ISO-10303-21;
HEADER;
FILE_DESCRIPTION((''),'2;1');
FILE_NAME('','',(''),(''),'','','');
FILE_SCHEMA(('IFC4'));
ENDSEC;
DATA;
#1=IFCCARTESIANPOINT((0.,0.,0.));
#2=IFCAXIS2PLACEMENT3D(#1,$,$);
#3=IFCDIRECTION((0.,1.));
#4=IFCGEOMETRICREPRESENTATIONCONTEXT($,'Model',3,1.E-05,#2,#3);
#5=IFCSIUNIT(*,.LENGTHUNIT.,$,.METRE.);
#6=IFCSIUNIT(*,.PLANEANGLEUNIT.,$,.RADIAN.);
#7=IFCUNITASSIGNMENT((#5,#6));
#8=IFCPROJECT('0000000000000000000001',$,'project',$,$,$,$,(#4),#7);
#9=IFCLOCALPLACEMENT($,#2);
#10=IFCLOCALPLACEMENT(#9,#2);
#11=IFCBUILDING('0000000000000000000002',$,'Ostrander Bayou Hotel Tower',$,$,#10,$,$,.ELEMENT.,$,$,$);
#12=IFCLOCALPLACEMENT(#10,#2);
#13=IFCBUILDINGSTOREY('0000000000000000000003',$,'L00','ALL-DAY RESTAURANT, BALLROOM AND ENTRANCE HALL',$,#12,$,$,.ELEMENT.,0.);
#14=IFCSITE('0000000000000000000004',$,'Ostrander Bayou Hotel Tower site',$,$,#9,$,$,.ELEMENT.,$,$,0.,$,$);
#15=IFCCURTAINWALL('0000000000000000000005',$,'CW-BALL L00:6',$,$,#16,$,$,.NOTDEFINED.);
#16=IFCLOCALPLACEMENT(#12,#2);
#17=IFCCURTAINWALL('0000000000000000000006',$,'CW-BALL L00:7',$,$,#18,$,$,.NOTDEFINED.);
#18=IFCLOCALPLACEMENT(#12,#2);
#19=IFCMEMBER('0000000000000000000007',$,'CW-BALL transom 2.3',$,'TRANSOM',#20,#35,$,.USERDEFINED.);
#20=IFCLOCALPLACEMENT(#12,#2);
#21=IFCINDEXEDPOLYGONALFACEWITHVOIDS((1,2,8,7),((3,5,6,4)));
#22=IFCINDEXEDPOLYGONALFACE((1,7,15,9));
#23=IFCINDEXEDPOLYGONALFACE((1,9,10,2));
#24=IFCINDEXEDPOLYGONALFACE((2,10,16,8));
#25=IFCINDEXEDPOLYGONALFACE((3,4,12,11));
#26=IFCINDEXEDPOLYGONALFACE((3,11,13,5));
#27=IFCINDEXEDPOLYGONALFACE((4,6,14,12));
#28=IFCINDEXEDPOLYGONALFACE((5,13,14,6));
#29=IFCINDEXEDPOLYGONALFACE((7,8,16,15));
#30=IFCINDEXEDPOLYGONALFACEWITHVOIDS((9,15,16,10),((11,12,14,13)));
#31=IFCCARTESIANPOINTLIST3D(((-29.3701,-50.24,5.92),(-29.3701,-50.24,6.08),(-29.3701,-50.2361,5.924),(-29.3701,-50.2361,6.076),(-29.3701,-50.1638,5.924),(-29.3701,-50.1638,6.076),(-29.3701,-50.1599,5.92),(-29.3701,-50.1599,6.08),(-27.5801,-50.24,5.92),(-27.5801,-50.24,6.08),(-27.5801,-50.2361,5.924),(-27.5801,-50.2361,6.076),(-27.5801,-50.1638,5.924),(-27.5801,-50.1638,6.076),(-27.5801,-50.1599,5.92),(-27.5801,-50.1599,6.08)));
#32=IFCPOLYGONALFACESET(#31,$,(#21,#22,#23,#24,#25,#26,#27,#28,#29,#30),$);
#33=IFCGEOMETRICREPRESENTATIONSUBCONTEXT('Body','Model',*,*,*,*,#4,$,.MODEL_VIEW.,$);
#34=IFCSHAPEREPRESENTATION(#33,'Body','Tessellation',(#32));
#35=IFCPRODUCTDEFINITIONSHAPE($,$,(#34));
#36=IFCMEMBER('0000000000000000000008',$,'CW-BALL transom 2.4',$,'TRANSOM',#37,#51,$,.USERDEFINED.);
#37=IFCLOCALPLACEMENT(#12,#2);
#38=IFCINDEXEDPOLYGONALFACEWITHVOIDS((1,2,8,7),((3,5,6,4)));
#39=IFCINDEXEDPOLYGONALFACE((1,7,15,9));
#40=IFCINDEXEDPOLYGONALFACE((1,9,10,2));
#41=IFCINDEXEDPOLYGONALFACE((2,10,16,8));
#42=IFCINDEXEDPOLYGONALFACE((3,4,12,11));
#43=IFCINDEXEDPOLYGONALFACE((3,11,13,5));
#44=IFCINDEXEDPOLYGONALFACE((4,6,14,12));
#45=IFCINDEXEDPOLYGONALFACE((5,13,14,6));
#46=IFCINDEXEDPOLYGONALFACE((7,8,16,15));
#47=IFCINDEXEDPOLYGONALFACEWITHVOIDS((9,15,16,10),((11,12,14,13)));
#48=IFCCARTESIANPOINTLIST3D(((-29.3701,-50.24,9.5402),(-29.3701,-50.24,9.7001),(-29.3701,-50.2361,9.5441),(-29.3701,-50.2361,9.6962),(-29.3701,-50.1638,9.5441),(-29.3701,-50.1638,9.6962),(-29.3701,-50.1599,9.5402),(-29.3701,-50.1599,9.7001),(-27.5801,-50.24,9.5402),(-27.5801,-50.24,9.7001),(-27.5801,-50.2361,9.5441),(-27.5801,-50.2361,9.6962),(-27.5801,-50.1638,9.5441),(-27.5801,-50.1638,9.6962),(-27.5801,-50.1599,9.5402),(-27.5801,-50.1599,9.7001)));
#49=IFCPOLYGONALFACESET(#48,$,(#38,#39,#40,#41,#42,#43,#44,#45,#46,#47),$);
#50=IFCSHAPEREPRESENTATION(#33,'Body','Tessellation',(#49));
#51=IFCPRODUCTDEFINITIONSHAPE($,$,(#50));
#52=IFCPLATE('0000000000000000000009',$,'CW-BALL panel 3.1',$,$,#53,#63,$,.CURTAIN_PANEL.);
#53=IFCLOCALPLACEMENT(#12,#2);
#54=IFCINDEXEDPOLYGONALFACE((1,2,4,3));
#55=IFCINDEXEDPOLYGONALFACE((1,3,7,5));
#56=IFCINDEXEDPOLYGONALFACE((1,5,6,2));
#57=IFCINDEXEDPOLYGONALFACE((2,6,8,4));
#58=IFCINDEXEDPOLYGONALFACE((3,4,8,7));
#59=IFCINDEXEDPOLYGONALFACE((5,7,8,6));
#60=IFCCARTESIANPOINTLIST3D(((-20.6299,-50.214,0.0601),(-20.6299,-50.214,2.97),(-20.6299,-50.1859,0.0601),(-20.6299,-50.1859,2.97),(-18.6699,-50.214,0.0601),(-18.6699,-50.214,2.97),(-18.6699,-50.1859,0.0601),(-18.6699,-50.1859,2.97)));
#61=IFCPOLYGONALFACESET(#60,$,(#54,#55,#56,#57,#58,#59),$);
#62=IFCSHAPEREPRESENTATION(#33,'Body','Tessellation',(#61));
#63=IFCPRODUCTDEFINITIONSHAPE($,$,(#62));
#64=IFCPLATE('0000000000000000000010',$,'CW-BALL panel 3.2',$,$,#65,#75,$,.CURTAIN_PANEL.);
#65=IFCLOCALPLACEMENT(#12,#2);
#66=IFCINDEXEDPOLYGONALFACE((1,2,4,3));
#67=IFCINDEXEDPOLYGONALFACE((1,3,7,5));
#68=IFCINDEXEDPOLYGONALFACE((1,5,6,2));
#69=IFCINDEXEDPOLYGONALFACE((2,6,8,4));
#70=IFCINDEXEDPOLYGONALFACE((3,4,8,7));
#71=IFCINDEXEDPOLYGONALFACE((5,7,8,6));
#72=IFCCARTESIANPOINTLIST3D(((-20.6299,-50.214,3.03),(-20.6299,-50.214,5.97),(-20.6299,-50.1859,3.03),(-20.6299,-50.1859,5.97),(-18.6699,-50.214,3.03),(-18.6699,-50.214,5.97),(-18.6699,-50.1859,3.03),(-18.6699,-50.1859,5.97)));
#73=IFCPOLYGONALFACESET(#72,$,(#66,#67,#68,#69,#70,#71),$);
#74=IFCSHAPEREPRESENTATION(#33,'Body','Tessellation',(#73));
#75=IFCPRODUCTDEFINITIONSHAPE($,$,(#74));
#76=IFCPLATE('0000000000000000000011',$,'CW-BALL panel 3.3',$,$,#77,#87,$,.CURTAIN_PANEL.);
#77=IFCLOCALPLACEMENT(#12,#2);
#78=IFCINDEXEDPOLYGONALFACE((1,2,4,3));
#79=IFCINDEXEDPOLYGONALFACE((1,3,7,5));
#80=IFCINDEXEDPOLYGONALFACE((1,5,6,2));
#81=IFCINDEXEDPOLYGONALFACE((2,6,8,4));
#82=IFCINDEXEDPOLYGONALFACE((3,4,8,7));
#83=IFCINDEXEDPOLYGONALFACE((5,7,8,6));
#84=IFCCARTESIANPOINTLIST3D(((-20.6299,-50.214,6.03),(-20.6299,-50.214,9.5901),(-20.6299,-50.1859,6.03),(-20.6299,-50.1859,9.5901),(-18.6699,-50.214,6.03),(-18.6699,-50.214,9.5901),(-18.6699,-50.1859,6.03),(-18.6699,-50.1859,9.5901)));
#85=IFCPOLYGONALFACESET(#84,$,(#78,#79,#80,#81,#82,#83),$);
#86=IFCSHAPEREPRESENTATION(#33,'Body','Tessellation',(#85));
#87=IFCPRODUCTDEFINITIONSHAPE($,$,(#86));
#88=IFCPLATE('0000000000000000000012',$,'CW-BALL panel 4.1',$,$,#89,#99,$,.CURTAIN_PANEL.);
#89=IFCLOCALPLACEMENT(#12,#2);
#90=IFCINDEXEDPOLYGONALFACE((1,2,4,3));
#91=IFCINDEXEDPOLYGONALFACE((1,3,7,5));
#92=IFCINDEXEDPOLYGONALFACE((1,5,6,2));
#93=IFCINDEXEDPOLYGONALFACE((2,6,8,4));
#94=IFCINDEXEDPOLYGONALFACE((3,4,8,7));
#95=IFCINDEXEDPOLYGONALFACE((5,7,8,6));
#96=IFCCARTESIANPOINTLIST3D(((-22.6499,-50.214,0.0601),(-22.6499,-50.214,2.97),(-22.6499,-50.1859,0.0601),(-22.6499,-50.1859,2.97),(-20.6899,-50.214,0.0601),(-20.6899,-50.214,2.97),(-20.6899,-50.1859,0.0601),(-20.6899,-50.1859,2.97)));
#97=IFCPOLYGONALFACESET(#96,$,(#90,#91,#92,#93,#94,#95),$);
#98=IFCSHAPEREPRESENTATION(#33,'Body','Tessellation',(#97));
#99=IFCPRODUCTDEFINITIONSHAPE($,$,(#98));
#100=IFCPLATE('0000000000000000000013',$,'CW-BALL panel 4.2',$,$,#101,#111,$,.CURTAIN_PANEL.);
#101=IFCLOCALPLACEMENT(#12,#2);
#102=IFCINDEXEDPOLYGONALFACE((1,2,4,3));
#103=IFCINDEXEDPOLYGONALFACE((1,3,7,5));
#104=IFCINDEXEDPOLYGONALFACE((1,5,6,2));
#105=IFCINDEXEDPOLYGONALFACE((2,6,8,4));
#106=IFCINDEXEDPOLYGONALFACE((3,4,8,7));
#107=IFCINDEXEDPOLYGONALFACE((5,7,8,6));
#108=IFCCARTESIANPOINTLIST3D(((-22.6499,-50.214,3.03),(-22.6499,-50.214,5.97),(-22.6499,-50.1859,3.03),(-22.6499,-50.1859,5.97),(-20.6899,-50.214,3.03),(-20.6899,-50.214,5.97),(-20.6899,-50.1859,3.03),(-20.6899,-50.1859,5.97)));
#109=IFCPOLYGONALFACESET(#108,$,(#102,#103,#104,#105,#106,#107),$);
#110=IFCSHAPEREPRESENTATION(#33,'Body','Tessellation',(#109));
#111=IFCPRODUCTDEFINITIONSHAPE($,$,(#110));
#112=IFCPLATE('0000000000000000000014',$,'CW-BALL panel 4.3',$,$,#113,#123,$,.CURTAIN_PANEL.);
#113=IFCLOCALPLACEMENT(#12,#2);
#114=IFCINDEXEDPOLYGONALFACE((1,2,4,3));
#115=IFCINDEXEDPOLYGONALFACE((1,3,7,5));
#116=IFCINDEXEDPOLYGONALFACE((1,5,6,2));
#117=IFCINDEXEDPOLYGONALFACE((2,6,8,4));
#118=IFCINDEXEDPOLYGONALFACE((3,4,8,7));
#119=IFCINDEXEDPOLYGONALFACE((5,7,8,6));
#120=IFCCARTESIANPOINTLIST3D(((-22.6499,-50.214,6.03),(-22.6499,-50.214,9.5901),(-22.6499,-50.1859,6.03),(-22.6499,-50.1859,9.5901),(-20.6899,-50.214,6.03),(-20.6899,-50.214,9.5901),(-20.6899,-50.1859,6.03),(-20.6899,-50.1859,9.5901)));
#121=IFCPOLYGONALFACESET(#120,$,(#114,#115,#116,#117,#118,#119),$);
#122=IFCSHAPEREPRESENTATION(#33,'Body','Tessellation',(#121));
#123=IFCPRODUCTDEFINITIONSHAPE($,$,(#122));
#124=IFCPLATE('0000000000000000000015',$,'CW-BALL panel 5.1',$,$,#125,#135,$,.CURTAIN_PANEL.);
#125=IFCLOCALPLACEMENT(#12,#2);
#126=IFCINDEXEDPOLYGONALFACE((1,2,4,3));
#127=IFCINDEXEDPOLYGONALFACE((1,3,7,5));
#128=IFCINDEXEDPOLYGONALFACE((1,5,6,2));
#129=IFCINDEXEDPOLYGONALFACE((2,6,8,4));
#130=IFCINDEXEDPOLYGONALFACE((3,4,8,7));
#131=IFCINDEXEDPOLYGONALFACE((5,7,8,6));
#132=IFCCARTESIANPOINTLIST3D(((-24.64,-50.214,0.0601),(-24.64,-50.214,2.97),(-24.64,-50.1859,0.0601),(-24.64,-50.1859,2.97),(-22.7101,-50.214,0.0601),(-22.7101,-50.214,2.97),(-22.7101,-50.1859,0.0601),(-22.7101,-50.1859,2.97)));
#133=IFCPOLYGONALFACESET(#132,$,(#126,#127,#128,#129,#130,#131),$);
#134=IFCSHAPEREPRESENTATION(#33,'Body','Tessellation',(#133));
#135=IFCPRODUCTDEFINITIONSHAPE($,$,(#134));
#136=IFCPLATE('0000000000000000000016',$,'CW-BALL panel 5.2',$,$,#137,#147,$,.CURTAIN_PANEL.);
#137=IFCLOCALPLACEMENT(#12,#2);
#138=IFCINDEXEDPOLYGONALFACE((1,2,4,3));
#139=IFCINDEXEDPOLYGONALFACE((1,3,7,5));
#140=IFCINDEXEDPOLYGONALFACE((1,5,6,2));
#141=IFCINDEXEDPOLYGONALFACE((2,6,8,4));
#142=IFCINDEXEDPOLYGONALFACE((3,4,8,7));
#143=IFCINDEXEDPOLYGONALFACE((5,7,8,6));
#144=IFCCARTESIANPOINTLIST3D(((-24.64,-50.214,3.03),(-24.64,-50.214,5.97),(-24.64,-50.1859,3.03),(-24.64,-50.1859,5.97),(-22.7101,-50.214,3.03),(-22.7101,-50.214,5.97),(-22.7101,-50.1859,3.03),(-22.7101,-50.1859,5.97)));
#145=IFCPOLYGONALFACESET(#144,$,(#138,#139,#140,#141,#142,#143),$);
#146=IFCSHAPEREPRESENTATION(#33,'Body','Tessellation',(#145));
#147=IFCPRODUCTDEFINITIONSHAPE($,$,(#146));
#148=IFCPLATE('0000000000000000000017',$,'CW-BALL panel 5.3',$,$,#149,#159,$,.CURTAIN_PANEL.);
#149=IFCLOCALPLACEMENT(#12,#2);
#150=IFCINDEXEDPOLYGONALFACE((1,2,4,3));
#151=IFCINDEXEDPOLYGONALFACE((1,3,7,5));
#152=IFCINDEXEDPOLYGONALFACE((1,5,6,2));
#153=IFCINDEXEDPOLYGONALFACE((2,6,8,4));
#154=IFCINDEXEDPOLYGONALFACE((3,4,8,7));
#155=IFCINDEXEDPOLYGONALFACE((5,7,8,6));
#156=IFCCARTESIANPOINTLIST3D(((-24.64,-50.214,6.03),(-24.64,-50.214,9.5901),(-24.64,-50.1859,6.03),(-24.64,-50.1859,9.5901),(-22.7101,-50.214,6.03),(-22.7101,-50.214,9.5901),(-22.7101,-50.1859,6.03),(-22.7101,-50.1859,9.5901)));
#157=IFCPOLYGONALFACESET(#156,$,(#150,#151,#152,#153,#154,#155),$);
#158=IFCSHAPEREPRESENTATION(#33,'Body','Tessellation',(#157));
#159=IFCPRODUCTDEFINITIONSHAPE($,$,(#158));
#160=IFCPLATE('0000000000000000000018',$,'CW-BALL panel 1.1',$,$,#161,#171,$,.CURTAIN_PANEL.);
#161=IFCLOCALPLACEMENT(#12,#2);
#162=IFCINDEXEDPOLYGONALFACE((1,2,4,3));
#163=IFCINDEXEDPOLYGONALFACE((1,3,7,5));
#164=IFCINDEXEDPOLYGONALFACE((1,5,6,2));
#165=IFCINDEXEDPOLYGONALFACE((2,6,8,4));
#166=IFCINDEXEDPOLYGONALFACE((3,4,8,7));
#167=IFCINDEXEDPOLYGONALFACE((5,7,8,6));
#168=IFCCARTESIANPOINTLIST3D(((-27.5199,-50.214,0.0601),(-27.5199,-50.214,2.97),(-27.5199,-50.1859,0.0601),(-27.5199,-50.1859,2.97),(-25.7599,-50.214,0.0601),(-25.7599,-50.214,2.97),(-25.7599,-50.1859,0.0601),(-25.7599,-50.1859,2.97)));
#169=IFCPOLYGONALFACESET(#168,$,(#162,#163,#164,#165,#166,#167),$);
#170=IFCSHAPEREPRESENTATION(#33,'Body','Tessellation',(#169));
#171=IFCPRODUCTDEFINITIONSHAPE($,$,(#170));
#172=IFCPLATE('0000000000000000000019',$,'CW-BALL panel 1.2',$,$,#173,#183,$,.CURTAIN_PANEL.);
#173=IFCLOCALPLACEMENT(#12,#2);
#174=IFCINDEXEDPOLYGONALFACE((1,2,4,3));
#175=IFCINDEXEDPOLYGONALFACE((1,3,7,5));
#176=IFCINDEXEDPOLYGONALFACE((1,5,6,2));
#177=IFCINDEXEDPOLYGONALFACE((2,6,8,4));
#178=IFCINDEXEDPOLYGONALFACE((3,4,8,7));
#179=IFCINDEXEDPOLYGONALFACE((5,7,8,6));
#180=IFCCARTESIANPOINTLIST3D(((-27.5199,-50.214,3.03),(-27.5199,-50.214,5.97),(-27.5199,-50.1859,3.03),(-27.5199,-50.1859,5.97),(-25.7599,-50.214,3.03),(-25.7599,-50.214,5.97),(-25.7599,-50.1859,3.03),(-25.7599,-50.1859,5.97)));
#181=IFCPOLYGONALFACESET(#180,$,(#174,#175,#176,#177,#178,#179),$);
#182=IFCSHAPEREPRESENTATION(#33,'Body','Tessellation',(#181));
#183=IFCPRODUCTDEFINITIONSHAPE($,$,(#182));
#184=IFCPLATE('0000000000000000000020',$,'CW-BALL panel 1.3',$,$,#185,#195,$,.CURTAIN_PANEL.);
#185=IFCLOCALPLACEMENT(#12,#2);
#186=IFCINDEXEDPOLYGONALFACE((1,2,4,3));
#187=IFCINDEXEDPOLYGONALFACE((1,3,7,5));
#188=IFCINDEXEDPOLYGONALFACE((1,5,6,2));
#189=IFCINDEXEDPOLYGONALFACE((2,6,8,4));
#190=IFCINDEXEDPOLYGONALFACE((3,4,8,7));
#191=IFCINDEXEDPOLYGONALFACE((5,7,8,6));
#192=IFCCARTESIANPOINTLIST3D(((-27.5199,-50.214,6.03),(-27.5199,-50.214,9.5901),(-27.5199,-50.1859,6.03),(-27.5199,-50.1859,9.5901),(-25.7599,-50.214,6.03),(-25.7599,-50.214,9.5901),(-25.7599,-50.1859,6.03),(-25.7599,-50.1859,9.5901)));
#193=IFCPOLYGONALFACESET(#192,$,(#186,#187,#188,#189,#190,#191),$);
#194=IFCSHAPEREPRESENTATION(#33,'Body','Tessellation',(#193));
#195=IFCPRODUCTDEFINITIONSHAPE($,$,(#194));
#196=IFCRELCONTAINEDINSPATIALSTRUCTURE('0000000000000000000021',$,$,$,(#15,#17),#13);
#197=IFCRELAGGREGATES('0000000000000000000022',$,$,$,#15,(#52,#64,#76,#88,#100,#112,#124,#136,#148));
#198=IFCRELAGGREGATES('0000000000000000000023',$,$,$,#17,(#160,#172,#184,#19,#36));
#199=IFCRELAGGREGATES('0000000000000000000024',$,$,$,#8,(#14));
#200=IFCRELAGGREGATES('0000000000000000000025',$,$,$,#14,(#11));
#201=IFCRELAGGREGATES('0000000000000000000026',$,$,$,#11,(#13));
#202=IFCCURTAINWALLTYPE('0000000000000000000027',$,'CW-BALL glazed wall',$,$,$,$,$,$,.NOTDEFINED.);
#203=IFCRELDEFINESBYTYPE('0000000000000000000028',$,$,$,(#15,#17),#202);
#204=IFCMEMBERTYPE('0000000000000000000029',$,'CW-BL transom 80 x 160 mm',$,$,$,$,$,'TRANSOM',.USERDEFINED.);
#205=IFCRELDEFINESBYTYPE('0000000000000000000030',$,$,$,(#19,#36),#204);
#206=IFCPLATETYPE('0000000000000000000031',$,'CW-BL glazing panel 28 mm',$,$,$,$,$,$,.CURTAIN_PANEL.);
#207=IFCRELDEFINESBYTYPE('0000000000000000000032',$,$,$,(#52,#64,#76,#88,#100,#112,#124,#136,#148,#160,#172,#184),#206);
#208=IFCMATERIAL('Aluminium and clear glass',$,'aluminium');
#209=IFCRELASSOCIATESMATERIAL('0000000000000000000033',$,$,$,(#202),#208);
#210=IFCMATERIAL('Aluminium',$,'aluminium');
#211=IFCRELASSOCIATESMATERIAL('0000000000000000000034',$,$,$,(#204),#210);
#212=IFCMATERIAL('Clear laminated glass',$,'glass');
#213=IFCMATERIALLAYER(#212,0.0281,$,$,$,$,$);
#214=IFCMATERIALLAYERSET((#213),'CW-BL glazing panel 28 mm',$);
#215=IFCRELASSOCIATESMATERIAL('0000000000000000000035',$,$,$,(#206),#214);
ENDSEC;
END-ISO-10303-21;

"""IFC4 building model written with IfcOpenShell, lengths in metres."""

from ifc_helpers import new_model, si_unit, direction, frame, origin, origin_2d, place, context, subcontext, project, spatial, rectangle, hollow_rectangle, extrude, material, layer, layer_set, material_profile, profile_set, type_object, element, aggregate, save


model = new_model("IFC4")

# Units and contexts
model_context = context("Model", 3, precision=1e-05, world=origin(), true_north=direction((0.0, 1.0)))
body_context = subcontext(model_context, "Body", "Model", "MODEL_VIEW")
ifc_project = project(units=[si_unit("LENGTHUNIT", "METRE"), si_unit("PLANEANGLEUNIT", "RADIAN")], contexts=[model_context])

# Site, building, storey
site_placement = place(None, origin())
site = spatial("IfcSite", under=ifc_project, at=site_placement, Name="Ostrander Bayou Hotel Tower site", CompositionType="ELEMENT", RefElevation=0.0)
building_placement = place(site_placement, origin())
building = spatial("IfcBuilding", under=site, at=building_placement, Name="Ostrander Bayou Hotel Tower", CompositionType="ELEMENT")
storey_placement = place(building_placement, origin())
storey = spatial("IfcBuildingStorey", under=building, at=storey_placement, Name="L00", Description="ALL-DAY RESTAURANT, BALLROOM AND ENTRANCE HALL", CompositionType="ELEMENT", Elevation=0.0)

# Curtain walls
ifc_material_1 = material(Name="Aluminium and clear glass", Category="aluminium")
curtain_wall_type = type_object("IfcCurtainWallType", Name="CW-BALL glazed wall", PredefinedType="NOTDEFINED", material=ifc_material_1)
curtain_wall_1_placement = place(storey_placement, origin())
curtain_wall_1 = element("IfcCurtainWall", 1, at=curtain_wall_1_placement, inside=storey, type_object=curtain_wall_type, Name="CW-BALL L00:6", PredefinedType="NOTDEFINED")
curtain_wall_2_placement = place(storey_placement, origin())
curtain_wall_2 = element("IfcCurtainWall", 2, at=curtain_wall_2_placement, inside=storey, type_object=curtain_wall_type, Name="CW-BALL L00:7", PredefinedType="NOTDEFINED")

# Members
ifc_material_2 = material(Name="Aluminium", Category="aluminium")
ifc_material_profile_1 = material_profile(ifc_material_2, hollow_rectangle(XDim=0.0801, YDim=0.1599, WallThickness=0.0039, at=origin_2d()))
ifc_profile_set_1 = profile_set([ifc_material_profile_1], Name="Aluminium")
member_type_1 = type_object("IfcMemberType", Name="CW-BL transom 80 x 160 mm", ElementType="TRANSOM", PredefinedType="USERDEFINED", material=ifc_profile_set_1)
member_1_placement = place(storey_placement, frame((-27.5801, -50.2, 6.0), z_axis=(-1.0, 0.0, 0.0), x_axis=(0.0, -1.0, 0.0)))
member_1 = element("IfcMember", 3, at=member_1_placement, type_object=member_type_1, Name="CW-BALL transom 2.3", ObjectType="TRANSOM", PredefinedType="USERDEFINED", context=body_context, shape_type="SweptSolid", body=[
    extrude(hollow_rectangle(XDim=0.0801, YDim=0.1599, WallThickness=0.0039, at=origin_2d()), origin(), (0.0, 0.0, 1.0), 1.79),
])
member_2_placement = place(storey_placement, frame((-27.5801, -50.2, 9.6201), z_axis=(-1.0, 0.0, 0.0), x_axis=(0.0, -1.0, 0.0)))
member_2 = element("IfcMember", 4, at=member_2_placement, type_object=member_type_1, Name="CW-BALL transom 2.4", ObjectType="TRANSOM", PredefinedType="USERDEFINED", context=body_context, shape_type="SweptSolid", body=[
    extrude(hollow_rectangle(XDim=0.0801, YDim=0.1599, WallThickness=0.0039, at=origin_2d()), origin(), (0.0, 0.0, 1.0), 1.79),
])

# Plates
ifc_material_3 = material(Name="Clear laminated glass", Category="glass")
ifc_layer = layer(ifc_material_3, 0.0281)
ifc_layer_set = layer_set([ifc_layer], Name="CW-BL glazing panel 28 mm")
plate_type = type_object("IfcPlateType", Name="CW-BL glazing panel 28 mm", PredefinedType="CURTAIN_PANEL", material=ifc_layer_set)
plate_1_placement = place(storey_placement, frame((-19.6499, -50.2, 0.0601), z_axis=(0.0, 0.0, 1.0), x_axis=(-1.0, 0.0, 0.0)))
plate_1 = element("IfcPlate", 5, at=plate_1_placement, type_object=plate_type, Name="CW-BALL panel 3.1", PredefinedType="CURTAIN_PANEL", context=body_context, shape_type="SweptSolid", body=[
    extrude(rectangle(XDim=1.96, YDim=0.0281, at=origin_2d()), origin(), (0.0, 0.0, 1.0), 2.9099),
])
plate_2_placement = place(storey_placement, frame((-19.6499, -50.2, 3.03), z_axis=(0.0, 0.0, 1.0), x_axis=(-1.0, 0.0, 0.0)))
plate_2 = element("IfcPlate", 6, at=plate_2_placement, type_object=plate_type, Name="CW-BALL panel 3.2", PredefinedType="CURTAIN_PANEL", context=body_context, shape_type="SweptSolid", body=[
    extrude(rectangle(XDim=1.96, YDim=0.0281, at=origin_2d()), origin(), (0.0, 0.0, 1.0), 2.9399),
])
plate_3_placement = place(storey_placement, frame((-19.6499, -50.2, 6.03), z_axis=(0.0, 0.0, 1.0), x_axis=(-1.0, 0.0, 0.0)))
plate_3 = element("IfcPlate", 7, at=plate_3_placement, type_object=plate_type, Name="CW-BALL panel 3.3", PredefinedType="CURTAIN_PANEL", context=body_context, shape_type="SweptSolid", body=[
    extrude(rectangle(XDim=1.96, YDim=0.0281, at=origin_2d()), origin(), (0.0, 0.0, 1.0), 3.5601),
])
plate_4_placement = place(storey_placement, frame((-21.6699, -50.2, 0.0601), z_axis=(0.0, 0.0, 1.0), x_axis=(-1.0, 0.0, 0.0)))
plate_4 = element("IfcPlate", 8, at=plate_4_placement, type_object=plate_type, Name="CW-BALL panel 4.1", PredefinedType="CURTAIN_PANEL", context=body_context, shape_type="SweptSolid", body=[
    extrude(rectangle(XDim=1.96, YDim=0.0281, at=origin_2d()), origin(), (0.0, 0.0, 1.0), 2.9099),
])
plate_5_placement = place(storey_placement, frame((-21.6699, -50.2, 3.03), z_axis=(0.0, 0.0, 1.0), x_axis=(-1.0, 0.0, 0.0)))
plate_5 = element("IfcPlate", 9, at=plate_5_placement, type_object=plate_type, Name="CW-BALL panel 4.2", PredefinedType="CURTAIN_PANEL", context=body_context, shape_type="SweptSolid", body=[
    extrude(rectangle(XDim=1.96, YDim=0.0281, at=origin_2d()), origin(), (0.0, 0.0, 1.0), 2.9399),
])
plate_6_placement = place(storey_placement, frame((-21.6699, -50.2, 6.03), z_axis=(0.0, 0.0, 1.0), x_axis=(-1.0, 0.0, 0.0)))
plate_6 = element("IfcPlate", 10, at=plate_6_placement, type_object=plate_type, Name="CW-BALL panel 4.3", PredefinedType="CURTAIN_PANEL", context=body_context, shape_type="SweptSolid", body=[
    extrude(rectangle(XDim=1.96, YDim=0.0281, at=origin_2d()), origin(), (0.0, 0.0, 1.0), 3.5601),
])
plate_7_placement = place(storey_placement, frame((-23.675, -50.2, 0.0601), z_axis=(0.0, 0.0, 1.0), x_axis=(-1.0, 0.0, 0.0)))
plate_7 = element("IfcPlate", 11, at=plate_7_placement, type_object=plate_type, Name="CW-BALL panel 5.1", PredefinedType="CURTAIN_PANEL", context=body_context, shape_type="SweptSolid", body=[
    extrude(rectangle(XDim=1.9299, YDim=0.0281, at=origin_2d()), origin(), (0.0, 0.0, 1.0), 2.9099),
])
plate_8_placement = place(storey_placement, frame((-23.675, -50.2, 3.03), z_axis=(0.0, 0.0, 1.0), x_axis=(-1.0, 0.0, 0.0)))
plate_8 = element("IfcPlate", 12, at=plate_8_placement, type_object=plate_type, Name="CW-BALL panel 5.2", PredefinedType="CURTAIN_PANEL", context=body_context, shape_type="SweptSolid", body=[
    extrude(rectangle(XDim=1.9299, YDim=0.0281, at=origin_2d()), origin(), (0.0, 0.0, 1.0), 2.9399),
])
plate_9_placement = place(storey_placement, frame((-23.675, -50.2, 6.03), z_axis=(0.0, 0.0, 1.0), x_axis=(-1.0, 0.0, 0.0)))
plate_9 = element("IfcPlate", 13, at=plate_9_placement, type_object=plate_type, Name="CW-BALL panel 5.3", PredefinedType="CURTAIN_PANEL", context=body_context, shape_type="SweptSolid", body=[
    extrude(rectangle(XDim=1.9299, YDim=0.0281, at=origin_2d()), origin(), (0.0, 0.0, 1.0), 3.5601),
])
aggregate(curtain_wall_1, [plate_1, plate_2, plate_3, plate_4, plate_5, plate_6, plate_7, plate_8, plate_9])
plate_10_placement = place(storey_placement, frame((-26.6399, -50.2, 0.0601), z_axis=(0.0, 0.0, 1.0), x_axis=(-1.0, 0.0, 0.0)))
plate_10 = element("IfcPlate", 14, at=plate_10_placement, type_object=plate_type, Name="CW-BALL panel 1.1", PredefinedType="CURTAIN_PANEL", context=body_context, shape_type="SweptSolid", body=[
    extrude(rectangle(XDim=1.76, YDim=0.0281, at=origin_2d()), origin(), (0.0, 0.0, 1.0), 2.9099),
])
plate_11_placement = place(storey_placement, frame((-26.6399, -50.2, 3.03), z_axis=(0.0, 0.0, 1.0), x_axis=(-1.0, 0.0, 0.0)))
plate_11 = element("IfcPlate", 15, at=plate_11_placement, type_object=plate_type, Name="CW-BALL panel 1.2", PredefinedType="CURTAIN_PANEL", context=body_context, shape_type="SweptSolid", body=[
    extrude(rectangle(XDim=1.76, YDim=0.0281, at=origin_2d()), origin(), (0.0, 0.0, 1.0), 2.9399),
])
plate_12_placement = place(storey_placement, frame((-26.6399, -50.2, 6.03), z_axis=(0.0, 0.0, 1.0), x_axis=(-1.0, 0.0, 0.0)))
plate_12 = element("IfcPlate", 16, at=plate_12_placement, type_object=plate_type, Name="CW-BALL panel 1.3", PredefinedType="CURTAIN_PANEL", context=body_context, shape_type="SweptSolid", body=[
    extrude(rectangle(XDim=1.76, YDim=0.0281, at=origin_2d()), origin(), (0.0, 0.0, 1.0), 3.5601),
])
aggregate(curtain_wall_2, [plate_10, plate_11, plate_12, member_1, member_2])

save(model, "model.ifc")
